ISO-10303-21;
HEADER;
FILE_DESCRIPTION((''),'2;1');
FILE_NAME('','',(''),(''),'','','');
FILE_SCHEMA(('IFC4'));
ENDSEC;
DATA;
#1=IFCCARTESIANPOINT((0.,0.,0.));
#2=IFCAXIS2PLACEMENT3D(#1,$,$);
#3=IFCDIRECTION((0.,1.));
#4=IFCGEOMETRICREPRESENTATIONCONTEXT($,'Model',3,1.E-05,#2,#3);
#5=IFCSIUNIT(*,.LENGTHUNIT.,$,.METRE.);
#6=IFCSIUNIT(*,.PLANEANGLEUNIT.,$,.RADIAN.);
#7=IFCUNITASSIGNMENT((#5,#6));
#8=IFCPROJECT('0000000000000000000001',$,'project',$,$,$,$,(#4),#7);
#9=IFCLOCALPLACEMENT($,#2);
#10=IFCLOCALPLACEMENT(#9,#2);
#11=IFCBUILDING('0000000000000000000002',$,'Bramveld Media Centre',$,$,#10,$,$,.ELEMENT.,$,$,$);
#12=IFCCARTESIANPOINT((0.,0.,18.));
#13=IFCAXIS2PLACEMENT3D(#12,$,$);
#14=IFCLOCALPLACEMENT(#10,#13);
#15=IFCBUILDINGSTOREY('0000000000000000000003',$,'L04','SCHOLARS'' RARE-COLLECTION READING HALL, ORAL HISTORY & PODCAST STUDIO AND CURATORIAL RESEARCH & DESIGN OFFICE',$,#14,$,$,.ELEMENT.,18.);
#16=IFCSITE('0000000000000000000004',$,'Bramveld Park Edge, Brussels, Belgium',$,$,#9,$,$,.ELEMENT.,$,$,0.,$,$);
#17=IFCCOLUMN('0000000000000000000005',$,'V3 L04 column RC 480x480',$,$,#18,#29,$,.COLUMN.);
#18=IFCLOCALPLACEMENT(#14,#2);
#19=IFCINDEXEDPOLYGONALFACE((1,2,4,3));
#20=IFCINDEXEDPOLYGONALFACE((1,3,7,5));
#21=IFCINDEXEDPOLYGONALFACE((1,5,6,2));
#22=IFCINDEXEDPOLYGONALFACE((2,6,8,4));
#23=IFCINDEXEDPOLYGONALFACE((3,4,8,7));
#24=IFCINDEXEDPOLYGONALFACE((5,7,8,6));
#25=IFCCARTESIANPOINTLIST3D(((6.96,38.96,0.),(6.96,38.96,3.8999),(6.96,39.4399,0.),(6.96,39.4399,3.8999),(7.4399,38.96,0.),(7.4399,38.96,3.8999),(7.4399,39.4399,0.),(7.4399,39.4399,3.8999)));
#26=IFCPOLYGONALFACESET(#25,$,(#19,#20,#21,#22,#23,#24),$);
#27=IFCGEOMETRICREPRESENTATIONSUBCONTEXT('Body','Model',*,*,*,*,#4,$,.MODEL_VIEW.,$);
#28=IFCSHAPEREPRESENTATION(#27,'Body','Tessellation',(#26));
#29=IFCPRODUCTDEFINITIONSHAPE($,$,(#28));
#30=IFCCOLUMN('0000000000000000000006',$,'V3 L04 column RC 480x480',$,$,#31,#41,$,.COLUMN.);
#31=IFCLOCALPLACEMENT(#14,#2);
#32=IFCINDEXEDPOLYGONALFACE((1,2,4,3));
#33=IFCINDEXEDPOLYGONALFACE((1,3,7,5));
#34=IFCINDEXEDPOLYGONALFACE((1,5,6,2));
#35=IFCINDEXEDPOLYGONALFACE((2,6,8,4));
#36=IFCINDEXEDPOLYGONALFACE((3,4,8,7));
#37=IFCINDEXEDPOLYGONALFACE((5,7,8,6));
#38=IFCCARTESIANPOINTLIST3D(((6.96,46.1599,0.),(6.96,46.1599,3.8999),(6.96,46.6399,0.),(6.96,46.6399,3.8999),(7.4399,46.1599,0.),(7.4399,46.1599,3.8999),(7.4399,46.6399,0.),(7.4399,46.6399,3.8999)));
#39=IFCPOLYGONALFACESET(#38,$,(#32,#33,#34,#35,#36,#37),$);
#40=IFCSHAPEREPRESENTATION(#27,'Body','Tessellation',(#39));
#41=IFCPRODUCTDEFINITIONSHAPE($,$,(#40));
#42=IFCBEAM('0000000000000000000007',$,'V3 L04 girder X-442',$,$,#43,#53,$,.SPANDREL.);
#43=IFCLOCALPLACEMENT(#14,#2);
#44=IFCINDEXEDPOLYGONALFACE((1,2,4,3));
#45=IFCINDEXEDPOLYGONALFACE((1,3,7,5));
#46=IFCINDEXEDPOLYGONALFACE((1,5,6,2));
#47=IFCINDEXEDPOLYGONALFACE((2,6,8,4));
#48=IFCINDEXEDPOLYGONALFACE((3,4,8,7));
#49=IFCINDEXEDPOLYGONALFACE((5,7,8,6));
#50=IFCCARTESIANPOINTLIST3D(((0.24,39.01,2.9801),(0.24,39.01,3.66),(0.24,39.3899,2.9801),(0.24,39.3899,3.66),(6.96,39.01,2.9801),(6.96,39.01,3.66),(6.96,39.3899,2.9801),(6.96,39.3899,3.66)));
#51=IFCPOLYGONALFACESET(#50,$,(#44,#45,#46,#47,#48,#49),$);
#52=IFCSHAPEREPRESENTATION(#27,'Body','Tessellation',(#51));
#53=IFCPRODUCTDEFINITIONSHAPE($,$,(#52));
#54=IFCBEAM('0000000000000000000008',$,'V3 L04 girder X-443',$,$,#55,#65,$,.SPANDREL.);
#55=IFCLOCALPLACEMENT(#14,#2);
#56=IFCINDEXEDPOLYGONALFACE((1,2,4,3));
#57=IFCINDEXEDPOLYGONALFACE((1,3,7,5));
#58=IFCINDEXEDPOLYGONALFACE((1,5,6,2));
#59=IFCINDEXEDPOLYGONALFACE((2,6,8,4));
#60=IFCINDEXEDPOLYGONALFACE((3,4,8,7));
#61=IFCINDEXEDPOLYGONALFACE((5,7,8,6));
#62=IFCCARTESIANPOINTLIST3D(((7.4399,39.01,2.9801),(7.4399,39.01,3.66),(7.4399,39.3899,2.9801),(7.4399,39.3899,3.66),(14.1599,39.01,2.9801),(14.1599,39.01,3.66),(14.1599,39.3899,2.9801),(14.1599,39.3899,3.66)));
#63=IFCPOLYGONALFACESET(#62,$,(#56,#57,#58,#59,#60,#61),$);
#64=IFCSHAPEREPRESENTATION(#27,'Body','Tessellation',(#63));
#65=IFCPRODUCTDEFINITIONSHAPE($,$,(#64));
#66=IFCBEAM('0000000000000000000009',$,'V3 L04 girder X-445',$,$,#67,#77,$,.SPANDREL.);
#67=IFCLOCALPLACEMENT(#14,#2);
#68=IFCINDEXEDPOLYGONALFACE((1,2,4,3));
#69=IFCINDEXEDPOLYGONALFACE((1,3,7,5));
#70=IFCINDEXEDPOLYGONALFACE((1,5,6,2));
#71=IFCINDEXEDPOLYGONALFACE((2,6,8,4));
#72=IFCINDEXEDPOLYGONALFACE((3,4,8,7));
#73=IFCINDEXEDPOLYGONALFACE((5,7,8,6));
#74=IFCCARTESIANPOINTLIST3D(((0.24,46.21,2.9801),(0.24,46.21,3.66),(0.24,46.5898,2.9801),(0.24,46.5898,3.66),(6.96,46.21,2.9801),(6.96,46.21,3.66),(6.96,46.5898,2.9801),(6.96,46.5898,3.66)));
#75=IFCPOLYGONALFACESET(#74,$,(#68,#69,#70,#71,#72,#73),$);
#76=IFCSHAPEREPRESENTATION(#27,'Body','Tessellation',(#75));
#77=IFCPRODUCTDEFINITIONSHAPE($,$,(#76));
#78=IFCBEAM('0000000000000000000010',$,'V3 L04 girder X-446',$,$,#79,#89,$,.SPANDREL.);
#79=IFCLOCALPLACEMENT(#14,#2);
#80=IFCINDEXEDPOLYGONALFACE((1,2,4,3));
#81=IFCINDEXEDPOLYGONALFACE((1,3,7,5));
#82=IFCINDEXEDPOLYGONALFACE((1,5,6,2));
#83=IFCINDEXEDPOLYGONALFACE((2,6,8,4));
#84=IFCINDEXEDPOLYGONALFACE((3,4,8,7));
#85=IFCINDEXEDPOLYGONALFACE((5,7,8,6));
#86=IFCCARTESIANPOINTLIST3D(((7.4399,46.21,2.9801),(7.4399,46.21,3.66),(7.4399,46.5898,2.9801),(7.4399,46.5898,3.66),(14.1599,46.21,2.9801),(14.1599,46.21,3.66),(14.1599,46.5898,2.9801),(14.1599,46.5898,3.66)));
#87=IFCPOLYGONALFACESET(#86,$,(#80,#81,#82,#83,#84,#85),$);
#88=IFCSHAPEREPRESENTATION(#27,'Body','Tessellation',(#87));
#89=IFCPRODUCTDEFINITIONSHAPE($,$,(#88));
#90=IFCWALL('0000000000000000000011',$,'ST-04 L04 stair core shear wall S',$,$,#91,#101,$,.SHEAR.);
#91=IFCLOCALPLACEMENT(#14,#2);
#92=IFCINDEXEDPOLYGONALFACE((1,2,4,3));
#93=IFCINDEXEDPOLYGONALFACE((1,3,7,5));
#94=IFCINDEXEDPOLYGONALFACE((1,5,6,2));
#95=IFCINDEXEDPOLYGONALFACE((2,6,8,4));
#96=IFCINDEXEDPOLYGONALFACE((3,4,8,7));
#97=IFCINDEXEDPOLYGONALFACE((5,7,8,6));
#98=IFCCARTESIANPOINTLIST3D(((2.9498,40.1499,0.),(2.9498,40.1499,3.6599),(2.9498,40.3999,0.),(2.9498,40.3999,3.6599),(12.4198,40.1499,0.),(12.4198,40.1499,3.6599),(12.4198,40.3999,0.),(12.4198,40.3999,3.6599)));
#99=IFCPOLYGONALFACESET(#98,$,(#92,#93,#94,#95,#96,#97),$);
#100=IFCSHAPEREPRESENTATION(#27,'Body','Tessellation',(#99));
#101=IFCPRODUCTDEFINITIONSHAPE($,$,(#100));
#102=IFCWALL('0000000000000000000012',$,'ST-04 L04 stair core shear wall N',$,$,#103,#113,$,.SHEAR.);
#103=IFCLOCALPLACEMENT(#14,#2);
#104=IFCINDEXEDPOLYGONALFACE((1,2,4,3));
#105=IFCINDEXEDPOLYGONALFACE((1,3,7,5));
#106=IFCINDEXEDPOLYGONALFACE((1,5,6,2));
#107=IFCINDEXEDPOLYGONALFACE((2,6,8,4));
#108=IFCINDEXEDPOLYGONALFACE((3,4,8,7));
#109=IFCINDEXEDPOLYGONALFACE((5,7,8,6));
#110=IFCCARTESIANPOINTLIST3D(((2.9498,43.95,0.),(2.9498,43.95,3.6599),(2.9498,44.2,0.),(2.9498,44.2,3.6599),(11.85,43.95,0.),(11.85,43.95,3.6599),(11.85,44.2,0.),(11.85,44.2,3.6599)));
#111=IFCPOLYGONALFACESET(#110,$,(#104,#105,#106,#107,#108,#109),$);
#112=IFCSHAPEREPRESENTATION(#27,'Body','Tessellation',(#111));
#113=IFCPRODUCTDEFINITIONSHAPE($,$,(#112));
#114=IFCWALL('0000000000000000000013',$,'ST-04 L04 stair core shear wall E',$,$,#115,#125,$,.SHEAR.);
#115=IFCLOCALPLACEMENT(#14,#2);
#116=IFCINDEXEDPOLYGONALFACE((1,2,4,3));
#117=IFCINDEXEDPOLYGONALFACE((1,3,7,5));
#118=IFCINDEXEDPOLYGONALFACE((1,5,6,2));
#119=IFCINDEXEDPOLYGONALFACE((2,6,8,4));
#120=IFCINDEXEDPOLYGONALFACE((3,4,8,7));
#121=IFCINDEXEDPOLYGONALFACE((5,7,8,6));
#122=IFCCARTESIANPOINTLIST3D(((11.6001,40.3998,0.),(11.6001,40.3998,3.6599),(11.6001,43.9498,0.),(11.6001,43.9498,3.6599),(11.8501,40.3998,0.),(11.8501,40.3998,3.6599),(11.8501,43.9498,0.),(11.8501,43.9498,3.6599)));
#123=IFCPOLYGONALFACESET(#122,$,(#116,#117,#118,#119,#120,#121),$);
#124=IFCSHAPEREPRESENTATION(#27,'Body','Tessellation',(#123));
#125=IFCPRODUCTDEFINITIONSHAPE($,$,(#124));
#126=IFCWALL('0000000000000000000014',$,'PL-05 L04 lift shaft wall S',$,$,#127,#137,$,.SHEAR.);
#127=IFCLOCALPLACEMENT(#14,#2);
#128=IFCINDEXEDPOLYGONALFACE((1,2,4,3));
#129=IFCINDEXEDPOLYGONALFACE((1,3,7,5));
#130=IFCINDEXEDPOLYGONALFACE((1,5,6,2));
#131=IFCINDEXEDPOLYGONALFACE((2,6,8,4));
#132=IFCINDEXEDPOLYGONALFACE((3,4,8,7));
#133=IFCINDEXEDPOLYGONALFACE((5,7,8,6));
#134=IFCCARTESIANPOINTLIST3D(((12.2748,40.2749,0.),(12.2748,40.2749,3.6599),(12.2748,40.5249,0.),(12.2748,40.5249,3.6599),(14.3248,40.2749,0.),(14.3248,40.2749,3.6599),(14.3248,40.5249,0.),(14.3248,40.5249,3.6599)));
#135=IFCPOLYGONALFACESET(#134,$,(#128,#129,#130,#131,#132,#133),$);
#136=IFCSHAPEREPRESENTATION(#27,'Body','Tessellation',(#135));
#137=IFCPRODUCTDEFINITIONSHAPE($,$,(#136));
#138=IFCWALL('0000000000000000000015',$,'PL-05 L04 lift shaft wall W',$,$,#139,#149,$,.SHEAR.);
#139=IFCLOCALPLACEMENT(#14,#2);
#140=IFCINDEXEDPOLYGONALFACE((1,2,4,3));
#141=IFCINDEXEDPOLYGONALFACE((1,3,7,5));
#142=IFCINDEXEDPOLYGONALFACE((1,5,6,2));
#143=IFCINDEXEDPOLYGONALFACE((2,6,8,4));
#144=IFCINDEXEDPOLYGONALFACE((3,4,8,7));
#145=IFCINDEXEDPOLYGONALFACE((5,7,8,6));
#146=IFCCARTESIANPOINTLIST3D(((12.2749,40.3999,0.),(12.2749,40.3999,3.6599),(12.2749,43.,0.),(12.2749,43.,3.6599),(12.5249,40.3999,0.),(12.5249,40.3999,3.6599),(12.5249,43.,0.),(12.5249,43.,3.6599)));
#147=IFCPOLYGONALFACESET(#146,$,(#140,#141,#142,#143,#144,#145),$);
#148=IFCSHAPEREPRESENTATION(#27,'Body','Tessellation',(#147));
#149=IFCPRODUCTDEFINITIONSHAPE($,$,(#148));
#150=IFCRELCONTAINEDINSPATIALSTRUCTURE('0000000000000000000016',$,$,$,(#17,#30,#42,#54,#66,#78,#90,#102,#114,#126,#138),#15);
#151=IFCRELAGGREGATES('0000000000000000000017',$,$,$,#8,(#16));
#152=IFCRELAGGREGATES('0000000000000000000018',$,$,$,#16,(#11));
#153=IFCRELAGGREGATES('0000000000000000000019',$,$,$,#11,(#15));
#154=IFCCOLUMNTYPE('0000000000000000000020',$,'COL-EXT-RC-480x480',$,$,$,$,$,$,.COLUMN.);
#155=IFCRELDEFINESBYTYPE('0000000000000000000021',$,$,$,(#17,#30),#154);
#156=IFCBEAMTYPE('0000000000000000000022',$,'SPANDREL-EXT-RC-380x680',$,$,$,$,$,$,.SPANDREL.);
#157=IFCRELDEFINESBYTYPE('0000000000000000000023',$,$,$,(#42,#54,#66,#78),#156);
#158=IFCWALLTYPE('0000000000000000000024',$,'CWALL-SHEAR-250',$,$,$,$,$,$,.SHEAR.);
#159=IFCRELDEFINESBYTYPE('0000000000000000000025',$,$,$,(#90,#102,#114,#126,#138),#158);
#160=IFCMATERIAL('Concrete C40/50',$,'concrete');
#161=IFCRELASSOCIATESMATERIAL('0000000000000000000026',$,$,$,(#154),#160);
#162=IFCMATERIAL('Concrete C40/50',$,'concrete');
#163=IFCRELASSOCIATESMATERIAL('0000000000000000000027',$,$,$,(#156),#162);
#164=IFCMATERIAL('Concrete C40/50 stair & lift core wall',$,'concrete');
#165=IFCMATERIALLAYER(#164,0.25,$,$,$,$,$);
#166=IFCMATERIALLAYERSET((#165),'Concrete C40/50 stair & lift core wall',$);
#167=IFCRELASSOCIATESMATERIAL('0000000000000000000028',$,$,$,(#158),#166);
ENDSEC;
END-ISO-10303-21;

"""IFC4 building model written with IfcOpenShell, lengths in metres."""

from ifc_helpers import new_model, si_unit, direction, frame, frame_2d, origin, origin_2d, place, context, subcontext, project, spatial, rectangle, extrude, material, layer, layer_set, material_profile, profile_set, type_object, element, save


model = new_model("IFC4")

# Units and contexts
model_context = context("Model", 3, precision=1e-05, world=origin(), true_north=direction((0.0, 1.0)))
body_context = subcontext(model_context, "Body", "Model", "MODEL_VIEW")
ifc_project = project(units=[si_unit("LENGTHUNIT", "METRE"), si_unit("PLANEANGLEUNIT", "RADIAN")], contexts=[model_context])

# Site, building, storey
site_placement = place(None, origin())
site = spatial("IfcSite", under=ifc_project, at=site_placement, Name="Bramveld Park Edge, Brussels, Belgium", CompositionType="ELEMENT", RefElevation=0.0)
building_placement = place(site_placement, origin())
building = spatial("IfcBuilding", under=site, at=building_placement, Name="Bramveld Media Centre", CompositionType="ELEMENT")
storey_placement = place(building_placement, frame((0.0, 0.0, 18.0)))
storey = spatial("IfcBuildingStorey", under=building, at=storey_placement, Name="L04", Description="SCHOLARS' RARE-COLLECTION READING HALL, ORAL HISTORY & PODCAST STUDIO AND CURATORIAL RESEARCH & DESIGN OFFICE", CompositionType="ELEMENT", Elevation=18.0)

# Columns
ifc_material_1 = material(Name="Concrete C40/50", Category="concrete")
ifc_material_profile_1 = material_profile(ifc_material_1, rectangle(XDim=0.48, YDim=0.48, at=origin_2d()), Name="RC 480x480")
ifc_profile_set_1 = profile_set([ifc_material_profile_1], Name="Concrete C40/50")
column_type = type_object("IfcColumnType", Name="COL-EXT-RC-480x480", PredefinedType="COLUMN", material=ifc_profile_set_1)
for number, where, z_axis, x_axis, name in (
    (1, (7.2, 39.2, 0.0), (0.0, 0.0, 1.0), (1.0, 0.0, 0.0), "V3 L04 column RC 480x480"),
    (2, (7.2, 46.3999, 0.0), (0.0, 0.0, 1.0), (1.0, 0.0, 0.0), "V3 L04 column RC 480x480"),
):
    element("IfcColumn", number, at=place(storey_placement, frame(where, z_axis=z_axis, x_axis=x_axis)), inside=storey, type_object=column_type, Name=name, PredefinedType="COLUMN", context=body_context, shape_type="SweptSolid", body=[
        extrude(rectangle(XDim=0.48, YDim=0.48, at=origin_2d()), origin(), (0.0, 0.0, 1.0), 3.8999),
    ])

# Beams
ifc_material_2 = material(Name="Concrete C40/50", Category="concrete")
ifc_material_profile_2 = material_profile(ifc_material_2, rectangle(XDim=0.3799, YDim=0.6799, at=origin_2d()), Name="RC 380x680")
ifc_profile_set_2 = profile_set([ifc_material_profile_2], Name="Concrete C40/50")
beam_type = type_object("IfcBeamType", Name="SPANDREL-EXT-RC-380x680", PredefinedType="SPANDREL", material=ifc_profile_set_2)
for number, where, z_axis, x_axis, name in (
    (3, (0.24, 39.2, 3.3201), (1.0, 0.0, 0.0), (0.0, 1.0, 0.0), "V3 L04 girder X-442"),
    (4, (7.4399, 39.2, 3.3201), (1.0, 0.0, 0.0), (0.0, 1.0, 0.0), "V3 L04 girder X-443"),
    (5, (0.24, 46.3999, 3.3201), (1.0, 0.0, 0.0), (0.0, 1.0, 0.0), "V3 L04 girder X-445"),
    (6, (7.4399, 46.3999, 3.3201), (1.0, 0.0, 0.0), (0.0, 1.0, 0.0), "V3 L04 girder X-446"),
):
    element("IfcBeam", number, at=place(storey_placement, frame(where, z_axis=z_axis, x_axis=x_axis)), inside=storey, type_object=beam_type, Name=name, PredefinedType="SPANDREL", context=body_context, shape_type="SweptSolid", body=[
        extrude(rectangle(XDim=0.3799, YDim=0.6799, at=origin_2d()), origin(), (0.0, 0.0, 1.0), 6.72),
    ])

# Walls
ifc_material_3 = material(Name="Concrete C40/50 stair & lift core wall", Category="concrete")
ifc_layer_1 = layer(ifc_material_3, 0.25)
ifc_layer_set_1 = layer_set([ifc_layer_1], Name="Concrete C40/50 stair & lift core wall")
wall_type_1 = type_object("IfcWallType", Name="CWALL-SHEAR-250", PredefinedType="SHEAR", material=ifc_layer_set_1)
wall_1_placement = place(storey_placement, frame((2.95, 40.2749, 0.0), z_axis=(0.0, 0.0, 1.0), x_axis=(1.0, 0.0, 0.0)))
element("IfcWall", 7, at=wall_1_placement, inside=storey, type_object=wall_type_1, Name="ST-04 L04 stair core shear wall S", PredefinedType="SHEAR", context=body_context, shape_type="SweptSolid", body=[
    extrude(rectangle(XDim=9.47, YDim=0.25, at=frame_2d((4.7349, 0.0))), origin(), (0.0, 0.0, 1.0), 3.6599),
])
wall_2_placement = place(storey_placement, frame((11.8501, 44.075, 0.0), z_axis=(0.0, 0.0, 1.0), x_axis=(-1.0, 0.0, 0.0)))
element("IfcWall", 8, at=wall_2_placement, inside=storey, type_object=wall_type_1, Name="ST-04 L04 stair core shear wall N", PredefinedType="SHEAR", context=body_context, shape_type="SweptSolid", body=[
    extrude(rectangle(XDim=8.9001, YDim=0.25, at=frame_2d((4.4502, 0.0))), origin(), (0.0, 0.0, 1.0), 3.6599),
])

# Walls
wall_3_placement = place(storey_placement, frame((11.7251, 40.3999, 0.0), z_axis=(0.0, 0.0, 1.0), x_axis=(0.0, 1.0, 0.0)))
element("IfcWall", 9, at=wall_3_placement, inside=storey, type_object=wall_type_1, Name="ST-04 L04 stair core shear wall E", PredefinedType="SHEAR", context=body_context, shape_type="SweptSolid", body=[
    extrude(rectangle(XDim=3.55, YDim=0.25, at=frame_2d((1.7749, 0.0))), origin(), (0.0, 0.0, 1.0), 3.6599),
])
wall_4_placement = place(storey_placement, frame((12.2749, 40.3999, 0.0), z_axis=(0.0, 0.0, 1.0), x_axis=(1.0, 0.0, 0.0)))
element("IfcWall", 10, at=wall_4_placement, inside=storey, type_object=wall_type_1, Name="PL-05 L04 lift shaft wall S", PredefinedType="SHEAR", context=body_context, shape_type="SweptSolid", body=[
    extrude(rectangle(XDim=2.05, YDim=0.25, at=frame_2d((1.0249, 0.0))), origin(), (0.0, 0.0, 1.0), 3.6599),
])
wall_5_placement = place(storey_placement, frame((12.3999, 43.0, 0.0), z_axis=(0.0, 0.0, 1.0), x_axis=(0.0, -1.0, 0.0)))
element("IfcWall", 11, at=wall_5_placement, inside=storey, type_object=wall_type_1, Name="PL-05 L04 lift shaft wall W", PredefinedType="SHEAR", context=body_context, shape_type="SweptSolid", body=[
    extrude(rectangle(XDim=2.6001, YDim=0.25, at=frame_2d((1.3, 0.0))), origin(), (0.0, 0.0, 1.0), 3.6599),
])

save(model, "model.ifc")
